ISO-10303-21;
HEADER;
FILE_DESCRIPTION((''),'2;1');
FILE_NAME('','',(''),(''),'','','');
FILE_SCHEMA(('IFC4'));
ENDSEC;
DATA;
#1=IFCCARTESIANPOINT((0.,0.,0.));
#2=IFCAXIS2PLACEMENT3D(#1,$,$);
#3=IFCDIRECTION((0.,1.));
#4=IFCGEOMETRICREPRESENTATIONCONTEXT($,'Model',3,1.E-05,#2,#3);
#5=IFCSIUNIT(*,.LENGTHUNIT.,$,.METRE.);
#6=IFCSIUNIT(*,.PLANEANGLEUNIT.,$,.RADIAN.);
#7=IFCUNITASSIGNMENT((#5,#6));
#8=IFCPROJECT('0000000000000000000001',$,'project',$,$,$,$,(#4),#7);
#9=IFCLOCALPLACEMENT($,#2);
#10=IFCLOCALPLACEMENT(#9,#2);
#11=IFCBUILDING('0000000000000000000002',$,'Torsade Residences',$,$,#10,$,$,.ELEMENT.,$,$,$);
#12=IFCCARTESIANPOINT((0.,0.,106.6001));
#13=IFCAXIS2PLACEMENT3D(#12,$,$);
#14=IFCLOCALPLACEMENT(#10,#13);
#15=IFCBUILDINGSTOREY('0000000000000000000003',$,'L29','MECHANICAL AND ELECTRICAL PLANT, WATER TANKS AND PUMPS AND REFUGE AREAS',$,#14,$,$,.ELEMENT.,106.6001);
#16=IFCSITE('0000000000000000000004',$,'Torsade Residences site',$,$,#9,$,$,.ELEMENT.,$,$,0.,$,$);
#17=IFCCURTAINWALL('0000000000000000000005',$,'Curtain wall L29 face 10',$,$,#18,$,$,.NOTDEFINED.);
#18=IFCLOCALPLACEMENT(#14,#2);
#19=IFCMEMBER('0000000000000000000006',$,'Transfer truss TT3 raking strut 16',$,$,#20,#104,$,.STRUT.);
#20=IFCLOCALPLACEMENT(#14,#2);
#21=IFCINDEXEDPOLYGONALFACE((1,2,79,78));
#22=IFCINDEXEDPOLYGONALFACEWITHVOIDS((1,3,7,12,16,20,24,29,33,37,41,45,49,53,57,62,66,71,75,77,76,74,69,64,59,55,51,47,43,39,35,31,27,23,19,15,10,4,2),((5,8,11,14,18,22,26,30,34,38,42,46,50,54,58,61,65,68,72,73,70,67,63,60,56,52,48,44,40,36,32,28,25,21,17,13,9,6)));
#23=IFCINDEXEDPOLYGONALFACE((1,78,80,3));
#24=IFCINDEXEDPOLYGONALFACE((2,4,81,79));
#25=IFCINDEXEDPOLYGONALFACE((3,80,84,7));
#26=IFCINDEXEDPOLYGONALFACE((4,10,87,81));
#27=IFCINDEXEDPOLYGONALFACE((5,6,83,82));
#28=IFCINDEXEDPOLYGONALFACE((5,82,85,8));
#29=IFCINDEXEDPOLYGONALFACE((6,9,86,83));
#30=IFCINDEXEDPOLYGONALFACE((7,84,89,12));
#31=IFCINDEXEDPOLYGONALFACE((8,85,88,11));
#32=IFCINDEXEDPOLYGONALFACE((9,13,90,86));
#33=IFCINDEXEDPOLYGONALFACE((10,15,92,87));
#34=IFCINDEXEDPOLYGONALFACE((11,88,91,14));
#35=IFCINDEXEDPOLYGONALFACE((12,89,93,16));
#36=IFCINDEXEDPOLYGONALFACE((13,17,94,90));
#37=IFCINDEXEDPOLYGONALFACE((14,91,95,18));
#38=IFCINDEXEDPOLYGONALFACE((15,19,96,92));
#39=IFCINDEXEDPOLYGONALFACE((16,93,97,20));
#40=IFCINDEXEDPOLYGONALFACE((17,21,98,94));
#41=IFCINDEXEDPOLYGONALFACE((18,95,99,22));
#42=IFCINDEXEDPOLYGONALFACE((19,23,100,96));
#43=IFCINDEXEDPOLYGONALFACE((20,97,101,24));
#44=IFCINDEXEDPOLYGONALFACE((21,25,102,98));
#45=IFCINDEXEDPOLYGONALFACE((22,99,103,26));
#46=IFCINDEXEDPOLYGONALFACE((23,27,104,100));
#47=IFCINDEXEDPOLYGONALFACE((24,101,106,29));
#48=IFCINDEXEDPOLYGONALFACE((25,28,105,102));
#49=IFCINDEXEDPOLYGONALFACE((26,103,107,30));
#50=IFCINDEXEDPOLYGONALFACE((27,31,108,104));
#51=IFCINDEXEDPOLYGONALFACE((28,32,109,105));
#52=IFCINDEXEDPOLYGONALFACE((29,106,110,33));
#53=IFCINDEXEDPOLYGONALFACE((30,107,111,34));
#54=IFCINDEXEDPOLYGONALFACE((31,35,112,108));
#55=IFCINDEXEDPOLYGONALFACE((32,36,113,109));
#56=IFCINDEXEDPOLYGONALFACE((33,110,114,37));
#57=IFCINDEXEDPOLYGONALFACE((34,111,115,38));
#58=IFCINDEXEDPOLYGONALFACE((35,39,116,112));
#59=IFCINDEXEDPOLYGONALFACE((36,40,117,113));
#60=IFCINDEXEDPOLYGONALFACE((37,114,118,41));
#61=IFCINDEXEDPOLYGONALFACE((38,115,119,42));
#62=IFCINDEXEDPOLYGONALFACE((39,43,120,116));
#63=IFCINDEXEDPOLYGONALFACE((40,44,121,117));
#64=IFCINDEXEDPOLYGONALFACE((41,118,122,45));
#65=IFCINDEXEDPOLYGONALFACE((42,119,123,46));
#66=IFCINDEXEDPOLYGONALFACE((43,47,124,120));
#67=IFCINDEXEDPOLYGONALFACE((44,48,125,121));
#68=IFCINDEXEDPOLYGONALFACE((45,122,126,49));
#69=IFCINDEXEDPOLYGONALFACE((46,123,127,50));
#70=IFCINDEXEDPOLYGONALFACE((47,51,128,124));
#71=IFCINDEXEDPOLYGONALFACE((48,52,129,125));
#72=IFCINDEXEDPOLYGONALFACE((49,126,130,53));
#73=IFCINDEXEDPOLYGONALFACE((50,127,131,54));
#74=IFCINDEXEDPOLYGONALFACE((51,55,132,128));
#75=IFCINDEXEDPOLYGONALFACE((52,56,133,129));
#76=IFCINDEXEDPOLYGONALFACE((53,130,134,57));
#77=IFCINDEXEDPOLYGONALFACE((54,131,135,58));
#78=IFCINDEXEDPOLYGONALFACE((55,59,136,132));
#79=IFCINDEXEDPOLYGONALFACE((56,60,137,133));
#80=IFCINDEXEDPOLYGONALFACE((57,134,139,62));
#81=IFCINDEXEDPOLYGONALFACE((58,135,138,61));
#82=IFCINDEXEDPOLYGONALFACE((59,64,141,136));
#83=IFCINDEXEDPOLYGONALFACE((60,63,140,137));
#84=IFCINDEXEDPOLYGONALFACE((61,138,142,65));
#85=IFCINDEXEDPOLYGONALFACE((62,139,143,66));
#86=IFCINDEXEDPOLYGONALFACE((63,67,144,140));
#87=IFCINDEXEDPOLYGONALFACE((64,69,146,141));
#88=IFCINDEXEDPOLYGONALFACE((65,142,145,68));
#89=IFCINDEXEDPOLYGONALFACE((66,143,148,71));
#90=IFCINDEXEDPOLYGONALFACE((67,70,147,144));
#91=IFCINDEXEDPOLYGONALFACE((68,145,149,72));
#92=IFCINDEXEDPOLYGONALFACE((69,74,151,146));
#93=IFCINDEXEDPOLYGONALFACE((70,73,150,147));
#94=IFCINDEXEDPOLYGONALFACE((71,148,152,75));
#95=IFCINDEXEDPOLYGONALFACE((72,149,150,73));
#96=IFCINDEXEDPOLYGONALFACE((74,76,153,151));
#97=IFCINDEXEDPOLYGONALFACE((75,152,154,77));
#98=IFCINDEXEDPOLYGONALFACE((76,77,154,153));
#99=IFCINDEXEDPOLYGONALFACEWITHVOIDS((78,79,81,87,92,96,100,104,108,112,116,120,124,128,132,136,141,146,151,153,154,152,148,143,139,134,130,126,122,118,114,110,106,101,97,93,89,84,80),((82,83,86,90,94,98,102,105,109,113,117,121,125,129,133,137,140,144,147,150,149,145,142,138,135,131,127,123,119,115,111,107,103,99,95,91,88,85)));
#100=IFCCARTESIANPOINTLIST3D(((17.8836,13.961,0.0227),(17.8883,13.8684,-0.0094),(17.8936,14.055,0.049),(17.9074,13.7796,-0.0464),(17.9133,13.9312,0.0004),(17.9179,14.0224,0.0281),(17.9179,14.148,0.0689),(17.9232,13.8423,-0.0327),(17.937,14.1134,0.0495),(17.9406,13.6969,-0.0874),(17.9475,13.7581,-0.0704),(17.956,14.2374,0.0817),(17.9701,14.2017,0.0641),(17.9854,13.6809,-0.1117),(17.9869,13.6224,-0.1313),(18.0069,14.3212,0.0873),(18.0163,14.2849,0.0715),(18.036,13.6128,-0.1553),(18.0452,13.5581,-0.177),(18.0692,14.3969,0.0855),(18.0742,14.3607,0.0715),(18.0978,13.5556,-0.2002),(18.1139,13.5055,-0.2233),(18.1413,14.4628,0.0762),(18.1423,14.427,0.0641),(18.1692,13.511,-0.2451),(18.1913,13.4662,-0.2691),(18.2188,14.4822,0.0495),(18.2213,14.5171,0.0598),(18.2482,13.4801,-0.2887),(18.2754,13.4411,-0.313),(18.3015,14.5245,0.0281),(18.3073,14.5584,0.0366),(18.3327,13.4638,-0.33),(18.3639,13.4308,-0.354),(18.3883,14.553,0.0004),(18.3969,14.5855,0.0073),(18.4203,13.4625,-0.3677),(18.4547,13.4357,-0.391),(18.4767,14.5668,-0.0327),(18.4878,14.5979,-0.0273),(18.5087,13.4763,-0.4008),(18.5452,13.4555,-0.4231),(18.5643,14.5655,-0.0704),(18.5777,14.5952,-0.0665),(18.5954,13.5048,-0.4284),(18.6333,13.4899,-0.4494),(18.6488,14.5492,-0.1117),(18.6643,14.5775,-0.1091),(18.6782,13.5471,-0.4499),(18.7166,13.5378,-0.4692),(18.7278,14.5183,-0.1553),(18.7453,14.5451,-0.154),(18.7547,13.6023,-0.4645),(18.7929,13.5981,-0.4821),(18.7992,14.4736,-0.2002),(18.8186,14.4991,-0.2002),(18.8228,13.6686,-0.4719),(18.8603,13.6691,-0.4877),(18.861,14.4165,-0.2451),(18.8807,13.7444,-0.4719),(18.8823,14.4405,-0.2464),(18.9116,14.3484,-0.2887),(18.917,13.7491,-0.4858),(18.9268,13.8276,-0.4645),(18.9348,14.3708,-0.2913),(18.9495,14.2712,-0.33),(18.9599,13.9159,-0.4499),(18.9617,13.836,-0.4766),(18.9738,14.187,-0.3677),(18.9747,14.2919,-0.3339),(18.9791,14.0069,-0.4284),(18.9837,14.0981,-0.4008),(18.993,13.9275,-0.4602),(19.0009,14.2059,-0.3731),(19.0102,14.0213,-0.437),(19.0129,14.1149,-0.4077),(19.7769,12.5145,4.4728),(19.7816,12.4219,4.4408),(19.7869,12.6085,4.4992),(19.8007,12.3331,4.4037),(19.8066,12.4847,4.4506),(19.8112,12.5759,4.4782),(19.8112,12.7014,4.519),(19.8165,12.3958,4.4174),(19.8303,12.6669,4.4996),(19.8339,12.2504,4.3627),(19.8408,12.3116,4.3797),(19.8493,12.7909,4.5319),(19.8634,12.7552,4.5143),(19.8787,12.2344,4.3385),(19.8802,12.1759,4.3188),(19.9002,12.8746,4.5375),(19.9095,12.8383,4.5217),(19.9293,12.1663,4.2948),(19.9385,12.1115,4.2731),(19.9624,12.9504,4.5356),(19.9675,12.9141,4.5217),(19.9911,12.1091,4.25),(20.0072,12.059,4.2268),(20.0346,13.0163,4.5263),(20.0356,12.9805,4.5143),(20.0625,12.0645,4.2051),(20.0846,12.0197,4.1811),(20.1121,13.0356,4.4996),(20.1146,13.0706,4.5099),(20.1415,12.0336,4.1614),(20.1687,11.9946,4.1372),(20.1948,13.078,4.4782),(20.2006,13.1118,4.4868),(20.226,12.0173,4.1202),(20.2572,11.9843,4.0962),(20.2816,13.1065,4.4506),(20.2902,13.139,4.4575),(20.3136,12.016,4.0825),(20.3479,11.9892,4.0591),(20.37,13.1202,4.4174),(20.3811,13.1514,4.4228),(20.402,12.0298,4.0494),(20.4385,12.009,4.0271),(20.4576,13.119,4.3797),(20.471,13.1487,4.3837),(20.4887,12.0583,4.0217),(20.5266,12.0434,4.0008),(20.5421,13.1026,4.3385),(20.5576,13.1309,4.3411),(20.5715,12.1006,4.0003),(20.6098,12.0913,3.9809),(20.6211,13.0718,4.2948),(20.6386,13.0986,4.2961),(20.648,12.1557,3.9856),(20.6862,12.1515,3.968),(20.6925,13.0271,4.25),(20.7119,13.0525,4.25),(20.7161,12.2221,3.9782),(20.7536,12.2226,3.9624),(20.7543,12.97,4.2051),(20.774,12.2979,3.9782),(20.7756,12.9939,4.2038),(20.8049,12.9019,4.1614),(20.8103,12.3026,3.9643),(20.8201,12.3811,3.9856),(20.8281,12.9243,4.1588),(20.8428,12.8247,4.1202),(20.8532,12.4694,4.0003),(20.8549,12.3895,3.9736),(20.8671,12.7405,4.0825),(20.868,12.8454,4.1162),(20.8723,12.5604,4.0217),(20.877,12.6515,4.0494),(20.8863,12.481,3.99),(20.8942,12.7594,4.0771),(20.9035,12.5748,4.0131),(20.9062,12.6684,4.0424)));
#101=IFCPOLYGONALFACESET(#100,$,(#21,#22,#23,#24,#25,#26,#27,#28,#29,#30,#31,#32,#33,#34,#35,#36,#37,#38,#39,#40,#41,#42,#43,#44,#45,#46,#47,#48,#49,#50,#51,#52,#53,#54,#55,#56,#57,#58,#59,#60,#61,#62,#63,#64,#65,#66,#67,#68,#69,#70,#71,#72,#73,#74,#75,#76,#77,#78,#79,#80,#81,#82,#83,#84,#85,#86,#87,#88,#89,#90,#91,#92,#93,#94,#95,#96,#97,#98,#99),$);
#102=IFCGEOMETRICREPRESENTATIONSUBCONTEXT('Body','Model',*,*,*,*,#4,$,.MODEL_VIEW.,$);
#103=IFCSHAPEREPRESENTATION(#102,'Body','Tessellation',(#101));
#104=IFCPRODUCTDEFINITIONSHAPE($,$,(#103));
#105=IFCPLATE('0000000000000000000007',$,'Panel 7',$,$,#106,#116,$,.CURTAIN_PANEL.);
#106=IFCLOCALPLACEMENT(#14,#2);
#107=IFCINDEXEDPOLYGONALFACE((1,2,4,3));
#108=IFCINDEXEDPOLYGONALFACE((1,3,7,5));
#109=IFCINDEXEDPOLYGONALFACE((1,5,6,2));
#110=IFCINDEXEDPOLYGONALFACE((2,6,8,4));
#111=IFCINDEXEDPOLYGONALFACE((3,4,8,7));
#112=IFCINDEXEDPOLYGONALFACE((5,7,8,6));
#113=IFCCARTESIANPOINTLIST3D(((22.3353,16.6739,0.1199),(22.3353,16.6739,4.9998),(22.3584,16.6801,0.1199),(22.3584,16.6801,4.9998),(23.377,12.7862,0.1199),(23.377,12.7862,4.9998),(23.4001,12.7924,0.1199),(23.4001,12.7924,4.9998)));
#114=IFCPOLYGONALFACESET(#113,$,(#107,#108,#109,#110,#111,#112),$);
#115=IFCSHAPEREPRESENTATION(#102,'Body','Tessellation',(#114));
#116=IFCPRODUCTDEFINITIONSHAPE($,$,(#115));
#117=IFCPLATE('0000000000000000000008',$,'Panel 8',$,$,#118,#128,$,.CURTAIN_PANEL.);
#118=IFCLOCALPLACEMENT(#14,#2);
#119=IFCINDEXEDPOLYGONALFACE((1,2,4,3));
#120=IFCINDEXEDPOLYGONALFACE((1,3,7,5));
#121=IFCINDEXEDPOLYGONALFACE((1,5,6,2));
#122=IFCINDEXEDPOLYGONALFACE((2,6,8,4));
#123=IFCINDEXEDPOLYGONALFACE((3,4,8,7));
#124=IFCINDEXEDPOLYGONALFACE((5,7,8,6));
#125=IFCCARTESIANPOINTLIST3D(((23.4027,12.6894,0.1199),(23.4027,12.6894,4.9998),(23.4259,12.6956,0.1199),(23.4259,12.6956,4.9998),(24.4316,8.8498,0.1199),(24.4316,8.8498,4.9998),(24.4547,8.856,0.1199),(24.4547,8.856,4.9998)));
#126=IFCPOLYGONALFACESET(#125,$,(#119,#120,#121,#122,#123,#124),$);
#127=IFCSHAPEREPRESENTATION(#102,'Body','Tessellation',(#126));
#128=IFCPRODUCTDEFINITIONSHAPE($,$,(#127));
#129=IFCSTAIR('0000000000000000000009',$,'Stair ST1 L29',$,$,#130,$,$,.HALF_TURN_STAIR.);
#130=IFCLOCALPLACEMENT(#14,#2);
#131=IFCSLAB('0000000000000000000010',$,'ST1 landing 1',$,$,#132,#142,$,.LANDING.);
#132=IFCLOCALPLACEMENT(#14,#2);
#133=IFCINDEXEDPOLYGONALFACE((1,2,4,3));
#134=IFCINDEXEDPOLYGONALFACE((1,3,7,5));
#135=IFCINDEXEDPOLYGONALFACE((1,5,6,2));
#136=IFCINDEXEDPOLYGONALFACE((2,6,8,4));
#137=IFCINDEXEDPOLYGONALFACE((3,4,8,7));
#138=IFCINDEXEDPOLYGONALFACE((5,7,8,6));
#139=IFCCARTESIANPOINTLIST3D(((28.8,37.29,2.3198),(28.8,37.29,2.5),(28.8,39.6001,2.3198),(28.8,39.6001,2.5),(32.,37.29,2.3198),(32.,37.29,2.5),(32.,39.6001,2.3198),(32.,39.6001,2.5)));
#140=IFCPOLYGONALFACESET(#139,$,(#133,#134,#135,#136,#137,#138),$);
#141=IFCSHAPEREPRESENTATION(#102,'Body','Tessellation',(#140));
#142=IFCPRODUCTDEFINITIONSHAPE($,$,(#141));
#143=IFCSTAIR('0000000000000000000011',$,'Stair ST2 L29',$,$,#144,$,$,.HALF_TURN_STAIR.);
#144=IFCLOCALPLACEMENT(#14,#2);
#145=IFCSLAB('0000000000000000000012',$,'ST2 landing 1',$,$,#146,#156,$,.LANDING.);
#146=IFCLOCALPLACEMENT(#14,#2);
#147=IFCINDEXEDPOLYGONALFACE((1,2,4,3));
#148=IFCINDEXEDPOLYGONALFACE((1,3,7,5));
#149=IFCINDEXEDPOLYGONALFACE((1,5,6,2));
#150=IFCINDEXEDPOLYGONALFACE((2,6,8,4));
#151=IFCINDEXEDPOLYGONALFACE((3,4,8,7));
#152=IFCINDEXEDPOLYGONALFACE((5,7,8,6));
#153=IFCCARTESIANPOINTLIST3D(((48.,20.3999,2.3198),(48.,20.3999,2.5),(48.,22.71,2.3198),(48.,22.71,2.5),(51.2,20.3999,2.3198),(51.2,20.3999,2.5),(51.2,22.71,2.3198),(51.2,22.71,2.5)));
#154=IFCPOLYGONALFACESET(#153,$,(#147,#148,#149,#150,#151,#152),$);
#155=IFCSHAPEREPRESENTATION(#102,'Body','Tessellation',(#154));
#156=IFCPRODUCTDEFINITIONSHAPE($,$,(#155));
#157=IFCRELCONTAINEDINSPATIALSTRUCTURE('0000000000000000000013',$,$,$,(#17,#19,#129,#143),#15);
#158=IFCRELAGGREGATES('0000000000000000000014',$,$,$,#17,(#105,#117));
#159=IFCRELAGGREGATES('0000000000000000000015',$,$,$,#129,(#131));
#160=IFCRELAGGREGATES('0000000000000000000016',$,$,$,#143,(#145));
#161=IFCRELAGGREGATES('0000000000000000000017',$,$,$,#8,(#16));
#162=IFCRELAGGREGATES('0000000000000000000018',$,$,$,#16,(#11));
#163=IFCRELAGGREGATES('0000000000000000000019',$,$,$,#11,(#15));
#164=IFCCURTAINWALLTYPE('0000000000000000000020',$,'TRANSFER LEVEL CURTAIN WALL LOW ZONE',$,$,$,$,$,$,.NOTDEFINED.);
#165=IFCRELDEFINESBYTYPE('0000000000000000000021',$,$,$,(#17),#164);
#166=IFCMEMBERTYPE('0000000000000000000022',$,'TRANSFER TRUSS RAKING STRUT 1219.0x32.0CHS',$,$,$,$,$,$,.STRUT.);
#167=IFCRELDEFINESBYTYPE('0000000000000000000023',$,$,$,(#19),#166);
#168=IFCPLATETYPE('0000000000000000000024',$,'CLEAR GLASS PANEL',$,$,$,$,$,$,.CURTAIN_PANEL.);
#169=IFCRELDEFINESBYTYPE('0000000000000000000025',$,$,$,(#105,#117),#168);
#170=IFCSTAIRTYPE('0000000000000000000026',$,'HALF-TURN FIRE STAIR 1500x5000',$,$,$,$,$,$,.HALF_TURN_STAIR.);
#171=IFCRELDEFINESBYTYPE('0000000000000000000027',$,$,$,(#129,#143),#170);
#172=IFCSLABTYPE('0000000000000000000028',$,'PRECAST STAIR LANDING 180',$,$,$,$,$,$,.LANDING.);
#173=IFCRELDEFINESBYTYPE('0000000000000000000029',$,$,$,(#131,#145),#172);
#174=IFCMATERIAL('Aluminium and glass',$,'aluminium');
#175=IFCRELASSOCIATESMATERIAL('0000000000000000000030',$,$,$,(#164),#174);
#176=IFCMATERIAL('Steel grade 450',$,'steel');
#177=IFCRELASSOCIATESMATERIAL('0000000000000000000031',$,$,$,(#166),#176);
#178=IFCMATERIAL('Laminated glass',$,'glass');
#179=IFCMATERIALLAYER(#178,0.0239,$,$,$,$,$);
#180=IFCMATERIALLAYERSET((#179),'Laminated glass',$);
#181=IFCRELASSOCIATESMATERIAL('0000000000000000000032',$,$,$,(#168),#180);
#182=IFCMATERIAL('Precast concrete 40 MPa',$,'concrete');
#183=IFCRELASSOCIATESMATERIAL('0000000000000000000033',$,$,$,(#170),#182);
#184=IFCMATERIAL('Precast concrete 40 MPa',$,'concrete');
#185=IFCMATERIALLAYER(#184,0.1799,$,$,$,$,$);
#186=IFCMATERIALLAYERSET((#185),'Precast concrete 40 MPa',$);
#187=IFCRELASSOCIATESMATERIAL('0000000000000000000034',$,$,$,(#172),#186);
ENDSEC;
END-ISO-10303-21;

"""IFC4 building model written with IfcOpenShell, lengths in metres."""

from ifc_helpers import new_model, si_unit, direction, frame, origin, origin_2d, place, context, subcontext, project, spatial, polyline, rectangle, hollow_circle, outline, extrude, material, layer, layer_set, material_profile, profile_set, type_object, element, aggregate, save


model = new_model("IFC4")

# Units and contexts
model_context = context("Model", 3, precision=1e-05, world=origin(), true_north=direction((0.0, 1.0)))
body_context = subcontext(model_context, "Body", "Model", "MODEL_VIEW")
ifc_project = project(units=[si_unit("LENGTHUNIT", "METRE"), si_unit("PLANEANGLEUNIT", "RADIAN")], contexts=[model_context])

# Site, building, storey
site_placement = place(None, origin())
site = spatial("IfcSite", under=ifc_project, at=site_placement, Name="Torsade Residences site", CompositionType="ELEMENT", RefElevation=0.0)
building_placement = place(site_placement, origin())
building = spatial("IfcBuilding", under=site, at=building_placement, Name="Torsade Residences", CompositionType="ELEMENT")
storey_placement = place(building_placement, frame((0.0, 0.0, 106.6001)))
storey = spatial("IfcBuildingStorey", under=building, at=storey_placement, Name="L29", Description="MECHANICAL AND ELECTRICAL PLANT, WATER TANKS AND PUMPS AND REFUGE AREAS", CompositionType="ELEMENT", Elevation=106.6001)

# Curtain wall
ifc_material_1 = material(Name="Aluminium and glass", Category="aluminium")
curtain_wall_type = type_object("IfcCurtainWallType", Name="TRANSFER LEVEL CURTAIN WALL LOW ZONE", PredefinedType="NOTDEFINED", material=ifc_material_1)
curtain_wall_1_placement = place(storey_placement, origin())
curtain_wall_1 = element("IfcCurtainWall", 1, at=curtain_wall_1_placement, inside=storey, type_object=curtain_wall_type, Name="Curtain wall L29 face 10", PredefinedType="NOTDEFINED")

# Member
ifc_material_2 = material(Name="Steel grade 450", Category="steel")
ifc_material_profile_1 = material_profile(ifc_material_2, hollow_circle(Radius=0.6096, WallThickness=0.032, at=origin_2d()), Name="1219.0x32.0CHS")
ifc_profile_set_1 = profile_set([ifc_material_profile_1], Name="Steel grade 450")
member_type_1 = type_object("IfcMemberType", Name="TRANSFER TRUSS RAKING STRUT 1219.0x32.0CHS", PredefinedType="STRUT", material=ifc_profile_set_1)
member_1_placement = place(storey_placement, frame((18.4485, 14.0146, -0.2002), z_axis=(0.375069, -0.286561, 0.881593), x_axis=(0.607108, 0.79462, 0.0)))
element("IfcMember", 2, at=member_1_placement, inside=storey, type_object=member_type_1, Name="Transfer truss TT3 raking strut 16", PredefinedType="STRUT", context=body_context, shape_type="SweptSolid", body=[
    extrude(hollow_circle(Radius=0.6096, WallThickness=0.032, at=origin_2d()), origin(), (0.0, 0.0, 1.0), 5.0479),
])

# Plates
ifc_material_3 = material(Name="Laminated glass", Category="glass")
ifc_layer_1 = layer(ifc_material_3, 0.0239)
ifc_layer_set_1 = layer_set([ifc_layer_1], Name="Laminated glass")
plate_type = type_object("IfcPlateType", Name="CLEAR GLASS PANEL", PredefinedType="CURTAIN_PANEL", material=ifc_layer_set_1)
plate_1_placement = place(storey_placement, frame((22.8677, 14.7332, 0.1199), z_axis=(0.0, 0.0, 1.0), x_axis=(0.258819, -0.965926, 0.0)))
plate_1 = element("IfcPlate", 3, at=plate_1_placement, type_object=plate_type, Name="Panel 7", PredefinedType="CURTAIN_PANEL", context=body_context, shape_type="SweptSolid", body=[
    extrude(rectangle(XDim=4.0249, YDim=0.0239, at=origin_2d()), origin(), (0.0, 0.0, 1.0), 4.8799),
])
plate_2_placement = place(storey_placement, frame((23.9287, 10.7727, 0.1199), z_axis=(0.0, 0.0, 1.0), x_axis=(0.258819, -0.965926, 0.0)))
plate_2 = element("IfcPlate", 4, at=plate_2_placement, type_object=plate_type, Name="Panel 8", PredefinedType="CURTAIN_PANEL", context=body_context, shape_type="SweptSolid", body=[
    extrude(rectangle(XDim=3.9751, YDim=0.0239, at=origin_2d()), origin(), (0.0, 0.0, 1.0), 4.8799),
])
aggregate(curtain_wall_1, [plate_1, plate_2])

# Stairs, slabs
ifc_material_4 = material(Name="Precast concrete 40 MPa", Category="concrete")
stair_type = type_object("IfcStairType", Name="HALF-TURN FIRE STAIR 1500x5000", PredefinedType="HALF_TURN_STAIR", material=ifc_material_4)
stair_1_placement = place(storey_placement, origin())
stair_1 = element("IfcStair", 5, at=stair_1_placement, inside=storey, type_object=stair_type, Name="Stair ST1 L29", PredefinedType="HALF_TURN_STAIR")
ifc_material_5 = material(Name="Precast concrete 40 MPa", Category="concrete")
ifc_layer_2 = layer(ifc_material_5, 0.1799)
ifc_layer_set_2 = layer_set([ifc_layer_2], Name="Precast concrete 40 MPa")
slab_type_1 = type_object("IfcSlabType", Name="PRECAST STAIR LANDING 180", PredefinedType="LANDING", material=ifc_layer_set_2)
slab_1_placement = place(storey_placement, frame((0.0, 0.0, 2.3198)))
slab_1 = element("IfcSlab", 6, at=slab_1_placement, type_object=slab_type_1, Name="ST1 landing 1", PredefinedType="LANDING", context=body_context, shape_type="SweptSolid", body=[
    extrude(outline(polyline([(28.8, 37.29), (32.0, 37.29), (32.0, 39.6001), (28.8, 39.6001), (28.8, 37.29)])), origin(), (0.0, 0.0, 1.0), 0.1802),
])
aggregate(stair_1, [slab_1])
stair_2_placement = place(storey_placement, origin())
stair_2 = element("IfcStair", 7, at=stair_2_placement, inside=storey, type_object=stair_type, Name="Stair ST2 L29", PredefinedType="HALF_TURN_STAIR")
slab_2_placement = place(storey_placement, frame((0.0, 0.0, 2.3198)))
slab_2 = element("IfcSlab", 8, at=slab_2_placement, type_object=slab_type_1, Name="ST2 landing 1", PredefinedType="LANDING", context=body_context, shape_type="SweptSolid", body=[
    extrude(outline(polyline([(48.0, 20.3999), (51.2, 20.3999), (51.2, 22.71), (48.0, 22.71), (48.0, 20.3999)])), origin(), (0.0, 0.0, 1.0), 0.1802),
])
aggregate(stair_2, [slab_2])

save(model, "model.ifc")
